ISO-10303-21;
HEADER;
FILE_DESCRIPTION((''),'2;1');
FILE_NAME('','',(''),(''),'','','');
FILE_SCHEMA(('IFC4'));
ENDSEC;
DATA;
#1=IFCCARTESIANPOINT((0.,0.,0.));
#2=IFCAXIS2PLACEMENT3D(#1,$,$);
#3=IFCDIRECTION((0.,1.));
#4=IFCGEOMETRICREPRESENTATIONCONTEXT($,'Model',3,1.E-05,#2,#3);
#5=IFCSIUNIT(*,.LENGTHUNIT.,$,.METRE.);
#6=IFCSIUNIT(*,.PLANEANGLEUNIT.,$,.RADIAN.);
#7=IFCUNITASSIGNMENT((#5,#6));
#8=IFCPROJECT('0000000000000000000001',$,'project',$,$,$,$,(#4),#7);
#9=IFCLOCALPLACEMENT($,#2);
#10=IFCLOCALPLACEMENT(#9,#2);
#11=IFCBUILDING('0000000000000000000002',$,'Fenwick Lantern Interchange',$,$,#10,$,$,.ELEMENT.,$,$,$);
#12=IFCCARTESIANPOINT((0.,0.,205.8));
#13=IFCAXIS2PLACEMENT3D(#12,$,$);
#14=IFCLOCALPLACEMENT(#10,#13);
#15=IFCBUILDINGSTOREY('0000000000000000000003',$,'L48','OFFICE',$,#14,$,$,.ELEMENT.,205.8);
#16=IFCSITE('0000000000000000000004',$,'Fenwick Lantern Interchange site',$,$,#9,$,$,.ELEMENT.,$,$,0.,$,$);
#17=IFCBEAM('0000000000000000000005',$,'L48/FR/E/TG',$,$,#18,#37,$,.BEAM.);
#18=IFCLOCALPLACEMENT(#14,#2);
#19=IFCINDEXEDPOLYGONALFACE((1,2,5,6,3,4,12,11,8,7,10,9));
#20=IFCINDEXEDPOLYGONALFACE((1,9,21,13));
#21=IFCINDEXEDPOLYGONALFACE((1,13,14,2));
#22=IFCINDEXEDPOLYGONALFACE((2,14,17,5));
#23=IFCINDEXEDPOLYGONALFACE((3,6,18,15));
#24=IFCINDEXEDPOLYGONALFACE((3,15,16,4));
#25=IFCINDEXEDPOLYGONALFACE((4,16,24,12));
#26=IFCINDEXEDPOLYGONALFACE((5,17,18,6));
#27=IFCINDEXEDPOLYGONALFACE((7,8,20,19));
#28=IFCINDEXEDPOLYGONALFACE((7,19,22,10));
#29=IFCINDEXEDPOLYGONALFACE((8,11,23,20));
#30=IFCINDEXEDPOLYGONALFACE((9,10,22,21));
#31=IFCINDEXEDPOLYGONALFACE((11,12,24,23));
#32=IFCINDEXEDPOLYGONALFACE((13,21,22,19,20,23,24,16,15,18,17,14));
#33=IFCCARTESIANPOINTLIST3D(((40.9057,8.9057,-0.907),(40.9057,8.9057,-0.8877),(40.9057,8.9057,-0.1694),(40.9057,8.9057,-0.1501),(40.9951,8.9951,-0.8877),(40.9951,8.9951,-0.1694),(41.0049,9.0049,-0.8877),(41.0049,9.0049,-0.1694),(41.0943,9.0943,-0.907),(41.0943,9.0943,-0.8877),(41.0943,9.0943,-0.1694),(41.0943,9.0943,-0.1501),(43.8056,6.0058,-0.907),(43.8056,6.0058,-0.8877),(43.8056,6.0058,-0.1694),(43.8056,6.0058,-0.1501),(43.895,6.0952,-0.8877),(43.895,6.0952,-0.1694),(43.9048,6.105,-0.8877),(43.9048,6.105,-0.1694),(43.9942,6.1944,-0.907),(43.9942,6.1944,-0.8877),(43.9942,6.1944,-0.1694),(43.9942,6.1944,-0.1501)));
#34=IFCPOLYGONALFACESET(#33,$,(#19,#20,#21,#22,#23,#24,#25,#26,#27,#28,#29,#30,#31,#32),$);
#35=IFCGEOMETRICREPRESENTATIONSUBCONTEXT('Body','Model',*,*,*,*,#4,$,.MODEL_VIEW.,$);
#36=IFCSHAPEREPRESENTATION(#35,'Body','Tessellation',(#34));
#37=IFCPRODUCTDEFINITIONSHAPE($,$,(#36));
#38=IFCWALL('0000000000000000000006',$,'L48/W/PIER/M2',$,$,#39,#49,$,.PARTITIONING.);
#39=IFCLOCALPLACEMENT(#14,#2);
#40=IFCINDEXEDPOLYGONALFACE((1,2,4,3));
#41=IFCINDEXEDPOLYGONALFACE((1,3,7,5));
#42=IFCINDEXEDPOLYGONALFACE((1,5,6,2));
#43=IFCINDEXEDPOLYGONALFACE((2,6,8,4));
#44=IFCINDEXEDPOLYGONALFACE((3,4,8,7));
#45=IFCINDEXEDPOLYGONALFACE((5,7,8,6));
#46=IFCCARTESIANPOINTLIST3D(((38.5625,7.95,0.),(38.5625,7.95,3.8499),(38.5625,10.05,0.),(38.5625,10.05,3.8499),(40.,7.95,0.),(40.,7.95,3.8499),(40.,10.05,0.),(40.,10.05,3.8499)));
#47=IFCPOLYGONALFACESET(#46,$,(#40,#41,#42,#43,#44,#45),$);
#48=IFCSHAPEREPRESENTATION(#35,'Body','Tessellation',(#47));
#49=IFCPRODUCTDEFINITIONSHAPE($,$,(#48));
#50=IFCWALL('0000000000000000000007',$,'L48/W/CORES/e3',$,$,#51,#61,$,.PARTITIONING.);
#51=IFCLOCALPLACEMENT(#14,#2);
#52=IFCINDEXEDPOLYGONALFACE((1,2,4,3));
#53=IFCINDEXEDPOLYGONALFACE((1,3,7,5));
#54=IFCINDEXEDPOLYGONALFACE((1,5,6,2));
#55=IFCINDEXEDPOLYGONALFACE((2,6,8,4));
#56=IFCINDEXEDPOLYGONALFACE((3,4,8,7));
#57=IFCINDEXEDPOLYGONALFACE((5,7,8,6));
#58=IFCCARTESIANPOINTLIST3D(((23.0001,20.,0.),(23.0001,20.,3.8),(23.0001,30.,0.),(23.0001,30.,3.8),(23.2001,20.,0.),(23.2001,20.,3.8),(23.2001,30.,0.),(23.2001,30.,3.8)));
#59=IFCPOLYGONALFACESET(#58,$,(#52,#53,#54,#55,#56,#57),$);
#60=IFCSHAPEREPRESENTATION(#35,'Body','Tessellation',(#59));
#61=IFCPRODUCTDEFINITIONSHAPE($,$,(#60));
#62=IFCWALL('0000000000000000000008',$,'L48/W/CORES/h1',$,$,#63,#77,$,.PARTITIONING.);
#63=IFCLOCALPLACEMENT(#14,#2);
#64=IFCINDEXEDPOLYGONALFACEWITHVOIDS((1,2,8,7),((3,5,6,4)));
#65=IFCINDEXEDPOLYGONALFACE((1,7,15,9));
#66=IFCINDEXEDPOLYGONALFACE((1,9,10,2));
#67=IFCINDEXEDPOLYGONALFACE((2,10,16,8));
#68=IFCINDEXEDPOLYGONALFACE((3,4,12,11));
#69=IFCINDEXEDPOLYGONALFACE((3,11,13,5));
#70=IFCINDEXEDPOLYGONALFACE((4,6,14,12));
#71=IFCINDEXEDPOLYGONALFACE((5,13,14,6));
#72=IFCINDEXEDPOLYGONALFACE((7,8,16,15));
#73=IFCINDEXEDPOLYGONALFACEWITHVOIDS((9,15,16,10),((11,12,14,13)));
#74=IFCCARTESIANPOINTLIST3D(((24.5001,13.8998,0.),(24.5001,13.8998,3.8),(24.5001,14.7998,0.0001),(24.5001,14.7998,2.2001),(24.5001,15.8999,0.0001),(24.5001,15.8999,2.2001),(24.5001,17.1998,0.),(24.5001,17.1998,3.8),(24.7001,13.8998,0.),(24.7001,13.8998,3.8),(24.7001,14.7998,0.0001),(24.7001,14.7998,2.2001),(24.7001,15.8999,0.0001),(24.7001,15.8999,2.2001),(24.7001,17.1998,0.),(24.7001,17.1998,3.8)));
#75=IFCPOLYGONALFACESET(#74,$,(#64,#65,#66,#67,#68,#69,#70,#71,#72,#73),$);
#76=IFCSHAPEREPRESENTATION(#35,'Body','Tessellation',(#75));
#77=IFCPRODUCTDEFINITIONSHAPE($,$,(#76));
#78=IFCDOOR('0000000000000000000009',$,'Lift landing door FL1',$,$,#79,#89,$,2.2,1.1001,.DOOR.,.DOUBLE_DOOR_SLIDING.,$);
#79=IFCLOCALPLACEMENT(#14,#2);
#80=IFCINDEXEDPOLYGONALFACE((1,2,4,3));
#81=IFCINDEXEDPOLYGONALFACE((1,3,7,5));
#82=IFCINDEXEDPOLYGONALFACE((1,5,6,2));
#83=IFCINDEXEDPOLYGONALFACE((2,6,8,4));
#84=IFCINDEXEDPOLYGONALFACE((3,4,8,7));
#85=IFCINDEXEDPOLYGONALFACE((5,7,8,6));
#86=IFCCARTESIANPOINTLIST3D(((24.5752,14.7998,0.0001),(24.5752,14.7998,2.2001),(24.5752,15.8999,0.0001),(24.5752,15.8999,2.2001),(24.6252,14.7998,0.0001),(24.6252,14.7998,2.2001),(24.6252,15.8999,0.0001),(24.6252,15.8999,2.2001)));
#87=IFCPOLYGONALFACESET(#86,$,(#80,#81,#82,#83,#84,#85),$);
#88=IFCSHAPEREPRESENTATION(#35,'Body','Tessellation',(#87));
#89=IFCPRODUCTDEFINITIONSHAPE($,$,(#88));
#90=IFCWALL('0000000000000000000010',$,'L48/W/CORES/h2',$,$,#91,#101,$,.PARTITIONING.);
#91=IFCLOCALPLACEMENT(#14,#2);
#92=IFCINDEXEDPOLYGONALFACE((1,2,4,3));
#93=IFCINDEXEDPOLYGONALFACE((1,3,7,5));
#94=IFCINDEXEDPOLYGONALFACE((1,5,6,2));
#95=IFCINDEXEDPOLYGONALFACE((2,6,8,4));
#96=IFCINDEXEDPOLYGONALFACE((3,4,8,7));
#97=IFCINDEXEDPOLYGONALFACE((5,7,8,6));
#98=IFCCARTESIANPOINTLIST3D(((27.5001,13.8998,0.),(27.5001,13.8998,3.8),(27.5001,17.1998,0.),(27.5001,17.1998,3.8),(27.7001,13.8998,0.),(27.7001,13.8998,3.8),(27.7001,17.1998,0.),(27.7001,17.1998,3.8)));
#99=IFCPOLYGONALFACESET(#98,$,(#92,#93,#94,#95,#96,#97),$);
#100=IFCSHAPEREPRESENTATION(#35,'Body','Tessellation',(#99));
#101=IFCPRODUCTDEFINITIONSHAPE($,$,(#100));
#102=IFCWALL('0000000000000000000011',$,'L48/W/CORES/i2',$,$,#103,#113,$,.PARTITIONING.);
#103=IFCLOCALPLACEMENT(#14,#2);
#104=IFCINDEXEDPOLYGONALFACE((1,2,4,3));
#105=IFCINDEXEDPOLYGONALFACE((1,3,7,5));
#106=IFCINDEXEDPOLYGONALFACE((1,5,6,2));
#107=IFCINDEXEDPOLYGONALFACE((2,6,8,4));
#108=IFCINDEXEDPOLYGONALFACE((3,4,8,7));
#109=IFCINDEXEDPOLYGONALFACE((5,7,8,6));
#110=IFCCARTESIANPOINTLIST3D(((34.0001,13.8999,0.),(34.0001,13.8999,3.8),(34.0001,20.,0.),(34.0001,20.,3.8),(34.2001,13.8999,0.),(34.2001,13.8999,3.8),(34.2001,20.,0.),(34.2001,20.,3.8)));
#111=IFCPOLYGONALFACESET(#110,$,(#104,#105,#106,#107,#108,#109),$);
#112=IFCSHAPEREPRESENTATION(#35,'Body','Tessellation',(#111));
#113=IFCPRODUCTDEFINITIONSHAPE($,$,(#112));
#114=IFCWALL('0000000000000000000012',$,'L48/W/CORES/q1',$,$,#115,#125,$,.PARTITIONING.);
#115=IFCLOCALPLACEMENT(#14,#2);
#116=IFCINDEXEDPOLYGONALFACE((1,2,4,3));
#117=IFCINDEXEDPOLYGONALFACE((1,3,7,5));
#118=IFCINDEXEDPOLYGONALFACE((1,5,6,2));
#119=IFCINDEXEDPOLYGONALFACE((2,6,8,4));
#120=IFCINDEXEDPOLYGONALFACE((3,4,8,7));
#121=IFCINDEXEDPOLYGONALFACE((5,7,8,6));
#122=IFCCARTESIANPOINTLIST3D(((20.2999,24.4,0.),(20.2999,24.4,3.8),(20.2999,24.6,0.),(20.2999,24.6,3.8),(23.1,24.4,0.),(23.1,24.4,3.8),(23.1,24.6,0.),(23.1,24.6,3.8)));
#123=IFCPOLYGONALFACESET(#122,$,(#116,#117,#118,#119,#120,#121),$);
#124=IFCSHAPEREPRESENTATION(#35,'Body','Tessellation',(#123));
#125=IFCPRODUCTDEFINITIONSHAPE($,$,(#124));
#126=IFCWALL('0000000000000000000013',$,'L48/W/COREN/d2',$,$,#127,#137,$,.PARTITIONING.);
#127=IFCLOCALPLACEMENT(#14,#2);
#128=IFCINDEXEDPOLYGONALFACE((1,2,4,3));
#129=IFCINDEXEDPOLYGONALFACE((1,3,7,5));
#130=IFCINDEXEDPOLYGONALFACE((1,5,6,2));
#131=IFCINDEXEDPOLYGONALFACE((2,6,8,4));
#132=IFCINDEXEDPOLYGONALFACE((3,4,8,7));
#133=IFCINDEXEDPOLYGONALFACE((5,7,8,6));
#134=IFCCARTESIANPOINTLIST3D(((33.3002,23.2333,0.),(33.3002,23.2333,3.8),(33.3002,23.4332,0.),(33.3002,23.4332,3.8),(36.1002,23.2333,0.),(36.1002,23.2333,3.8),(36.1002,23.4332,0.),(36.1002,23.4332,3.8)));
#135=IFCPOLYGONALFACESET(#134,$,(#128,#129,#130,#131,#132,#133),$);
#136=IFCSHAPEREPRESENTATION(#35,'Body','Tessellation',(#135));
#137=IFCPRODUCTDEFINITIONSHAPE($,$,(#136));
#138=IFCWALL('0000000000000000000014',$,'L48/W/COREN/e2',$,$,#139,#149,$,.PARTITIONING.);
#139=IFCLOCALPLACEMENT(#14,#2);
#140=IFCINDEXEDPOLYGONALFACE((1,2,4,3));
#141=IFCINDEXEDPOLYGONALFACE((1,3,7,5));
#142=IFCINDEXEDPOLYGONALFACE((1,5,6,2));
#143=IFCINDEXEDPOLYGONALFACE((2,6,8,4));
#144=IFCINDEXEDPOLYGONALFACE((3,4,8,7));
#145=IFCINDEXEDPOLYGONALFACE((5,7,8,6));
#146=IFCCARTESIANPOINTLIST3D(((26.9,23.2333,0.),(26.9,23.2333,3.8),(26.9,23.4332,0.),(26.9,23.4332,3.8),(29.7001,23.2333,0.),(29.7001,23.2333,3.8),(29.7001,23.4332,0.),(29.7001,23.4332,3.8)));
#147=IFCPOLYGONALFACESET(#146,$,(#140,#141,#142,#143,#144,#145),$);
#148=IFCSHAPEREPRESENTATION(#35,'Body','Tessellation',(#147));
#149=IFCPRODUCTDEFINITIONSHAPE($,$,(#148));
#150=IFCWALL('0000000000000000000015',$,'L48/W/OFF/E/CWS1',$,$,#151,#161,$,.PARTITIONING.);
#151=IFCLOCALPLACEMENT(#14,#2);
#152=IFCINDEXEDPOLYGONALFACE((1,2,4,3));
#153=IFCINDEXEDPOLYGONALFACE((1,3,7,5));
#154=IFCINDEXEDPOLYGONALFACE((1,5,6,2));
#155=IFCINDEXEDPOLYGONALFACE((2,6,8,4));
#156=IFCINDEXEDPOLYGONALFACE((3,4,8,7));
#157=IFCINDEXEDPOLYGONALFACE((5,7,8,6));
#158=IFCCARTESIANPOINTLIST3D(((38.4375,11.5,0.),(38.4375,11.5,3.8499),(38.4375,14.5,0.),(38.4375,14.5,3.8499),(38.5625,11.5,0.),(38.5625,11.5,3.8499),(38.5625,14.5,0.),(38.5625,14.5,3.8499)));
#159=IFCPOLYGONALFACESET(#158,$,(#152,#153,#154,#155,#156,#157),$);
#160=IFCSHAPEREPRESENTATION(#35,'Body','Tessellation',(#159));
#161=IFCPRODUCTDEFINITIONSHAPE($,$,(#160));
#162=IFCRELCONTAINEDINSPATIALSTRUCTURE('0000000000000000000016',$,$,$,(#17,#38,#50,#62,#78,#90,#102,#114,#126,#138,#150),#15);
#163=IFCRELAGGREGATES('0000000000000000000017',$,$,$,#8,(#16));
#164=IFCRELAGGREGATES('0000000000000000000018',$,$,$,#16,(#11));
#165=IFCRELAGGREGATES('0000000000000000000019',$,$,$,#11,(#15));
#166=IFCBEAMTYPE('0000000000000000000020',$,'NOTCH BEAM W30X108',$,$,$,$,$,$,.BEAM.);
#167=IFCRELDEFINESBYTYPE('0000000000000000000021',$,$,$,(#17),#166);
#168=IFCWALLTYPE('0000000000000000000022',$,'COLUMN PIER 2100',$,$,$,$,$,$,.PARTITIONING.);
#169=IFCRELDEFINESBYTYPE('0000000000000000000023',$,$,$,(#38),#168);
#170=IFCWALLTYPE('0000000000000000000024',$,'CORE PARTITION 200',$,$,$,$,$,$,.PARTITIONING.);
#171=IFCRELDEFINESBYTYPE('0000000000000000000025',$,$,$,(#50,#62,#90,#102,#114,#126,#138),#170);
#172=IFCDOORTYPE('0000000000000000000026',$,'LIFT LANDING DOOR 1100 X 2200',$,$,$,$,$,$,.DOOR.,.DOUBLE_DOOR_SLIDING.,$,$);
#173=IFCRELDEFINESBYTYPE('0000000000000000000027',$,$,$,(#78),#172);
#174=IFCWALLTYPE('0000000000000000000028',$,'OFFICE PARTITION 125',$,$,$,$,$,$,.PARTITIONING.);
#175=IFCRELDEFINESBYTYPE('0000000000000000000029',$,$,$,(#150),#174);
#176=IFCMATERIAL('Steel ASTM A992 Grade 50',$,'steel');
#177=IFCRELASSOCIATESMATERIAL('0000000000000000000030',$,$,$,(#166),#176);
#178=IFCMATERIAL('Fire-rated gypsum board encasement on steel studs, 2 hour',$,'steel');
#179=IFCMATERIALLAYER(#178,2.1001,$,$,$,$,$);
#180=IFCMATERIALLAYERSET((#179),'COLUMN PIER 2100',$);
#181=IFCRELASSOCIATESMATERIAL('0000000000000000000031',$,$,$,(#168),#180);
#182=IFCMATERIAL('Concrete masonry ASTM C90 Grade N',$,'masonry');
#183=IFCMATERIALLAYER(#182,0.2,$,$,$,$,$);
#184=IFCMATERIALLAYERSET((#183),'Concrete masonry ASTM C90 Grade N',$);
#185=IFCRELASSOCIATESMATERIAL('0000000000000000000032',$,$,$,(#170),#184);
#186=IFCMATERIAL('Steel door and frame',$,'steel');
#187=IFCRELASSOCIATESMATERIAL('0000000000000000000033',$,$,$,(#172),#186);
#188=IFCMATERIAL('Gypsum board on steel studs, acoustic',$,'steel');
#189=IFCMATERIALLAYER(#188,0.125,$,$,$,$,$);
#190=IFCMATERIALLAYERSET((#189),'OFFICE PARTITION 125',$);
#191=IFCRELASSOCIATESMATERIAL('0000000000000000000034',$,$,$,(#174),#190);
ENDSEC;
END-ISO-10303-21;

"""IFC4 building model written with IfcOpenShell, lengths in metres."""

from ifc_helpers import new_model, si_unit, direction, frame, frame_2d, origin, origin_2d, place, context, subcontext, project, spatial, rectangle, i_section, extrude, material, layer, layer_set, material_profile, profile_set, type_object, element, fill, save


model = new_model("IFC4")

# Units and contexts
model_context = context("Model", 3, precision=1e-05, world=origin(), true_north=direction((0.0, 1.0)))
body_context = subcontext(model_context, "Body", "Model", "MODEL_VIEW")
ifc_project = project(units=[si_unit("LENGTHUNIT", "METRE"), si_unit("PLANEANGLEUNIT", "RADIAN")], contexts=[model_context])

# Site, building, storey
site_placement = place(None, origin())
site = spatial("IfcSite", under=ifc_project, at=site_placement, Name="Fenwick Lantern Interchange site", CompositionType="ELEMENT", RefElevation=0.0)
building_placement = place(site_placement, origin())
building = spatial("IfcBuilding", under=site, at=building_placement, Name="Fenwick Lantern Interchange", CompositionType="ELEMENT")
storey_placement = place(building_placement, frame((0.0, 0.0, 205.8)))
storey = spatial("IfcBuildingStorey", under=building, at=storey_placement, Name="L48", Description="OFFICE", CompositionType="ELEMENT", Elevation=205.8)

# Beam
ifc_material_1 = material(Name="Steel ASTM A992 Grade 50", Category="steel")
ifc_material_profile_1 = material_profile(ifc_material_1, i_section(OverallWidth=0.2666, OverallDepth=0.7568, WebThickness=0.0139, FlangeThickness=0.0193, at=origin_2d()), Name="W30X108")
ifc_profile_set_1 = profile_set([ifc_material_profile_1], Name="Steel ASTM A992 Grade 50")
beam_type_1 = type_object("IfcBeamType", Name="NOTCH BEAM W30X108", PredefinedType="BEAM", material=ifc_profile_set_1)
beam_1_placement = place(storey_placement, frame((41.0, 9.0, -0.5286), z_axis=(0.707107, -0.707107, 0.0), x_axis=(0.707107, 0.707107, 0.0)))
element("IfcBeam", 1, at=beam_1_placement, inside=storey, type_object=beam_type_1, Name="L48/FR/E/TG", PredefinedType="BEAM", context=body_context, shape_type="SweptSolid", body=[
    extrude(i_section(OverallWidth=0.2666, OverallDepth=0.7568, WebThickness=0.0139, FlangeThickness=0.0193, at=origin_2d()), origin(), (0.0, 0.0, 1.0), 4.1011),
])

# Walls
ifc_material_2 = material(Name="Fire-rated gypsum board encasement on steel studs, 2 hour", Category="steel")
ifc_layer_1 = layer(ifc_material_2, 2.1001)
ifc_layer_set_1 = layer_set([ifc_layer_1], Name="COLUMN PIER 2100")
wall_type_1 = type_object("IfcWallType", Name="COLUMN PIER 2100", PredefinedType="PARTITIONING", material=ifc_layer_set_1)
wall_1_placement = place(storey_placement, frame((38.5625, 9.0, 0.0), z_axis=(0.0, 0.0, 1.0), x_axis=(1.0, 0.0, 0.0)))
element("IfcWall", 2, at=wall_1_placement, inside=storey, type_object=wall_type_1, Name="L48/W/PIER/M2", PredefinedType="PARTITIONING", context=body_context, shape_type="SweptSolid", body=[
    extrude(rectangle(XDim=1.4375, YDim=2.1001, at=frame_2d((0.7188, 0.0))), origin(), (0.0, 0.0, 1.0), 3.8499),
])
ifc_material_3 = material(Name="Concrete masonry ASTM C90 Grade N", Category="masonry")
ifc_layer_2 = layer(ifc_material_3, 0.2)
ifc_layer_set_2 = layer_set([ifc_layer_2], Name="Concrete masonry ASTM C90 Grade N")
wall_type_2 = type_object("IfcWallType", Name="CORE PARTITION 200", PredefinedType="PARTITIONING", material=ifc_layer_set_2)
wall_2_placement = place(storey_placement, frame((23.1001, 20.0, 0.0), z_axis=(0.0, 0.0, 1.0), x_axis=(0.0, 1.0, 0.0)))
element("IfcWall", 3, at=wall_2_placement, inside=storey, type_object=wall_type_2, Name="L48/W/CORES/e3", PredefinedType="PARTITIONING", context=body_context, shape_type="SweptSolid", body=[
    extrude(rectangle(XDim=10.0, YDim=0.2, at=frame_2d((5.0, 0.0))), origin(), (0.0, 0.0, 1.0), 3.8),
])

# Wall, opening, door
wall_3_placement = place(storey_placement, frame((24.6001, 13.8999, 0.0), z_axis=(0.0, 0.0, 1.0), x_axis=(0.0, 1.0, 0.0)))
wall_3 = element("IfcWall", 4, at=wall_3_placement, inside=storey, type_object=wall_type_2, Name="L48/W/CORES/h1", PredefinedType="PARTITIONING", context=body_context, shape_type="SweptSolid", body=[
    extrude(rectangle(XDim=3.3, YDim=0.2, at=frame_2d((1.6499, 0.0))), origin(), (0.0, 0.0, 1.0), 3.8),
])
opening_1_placement = place(wall_3_placement, frame((0.8999, 0.0, 0.0)))
opening_1 = element("IfcOpeningElement", 5, at=opening_1_placement, cuts=wall_3, PredefinedType="OPENING", context=body_context, shape_type="SweptSolid", body=[
    extrude(rectangle(XDim=1.1001, YDim=2.2, at=frame_2d((0.55, 1.1001))), frame((0.0, 0.1099, 0.0), z_axis=(0.0, -1.0, 0.0), x_axis=(1.0, 0.0, 0.0)), (0.0, 0.0, 1.0), 0.22),
])
ifc_material_4 = material(Name="Steel door and frame", Category="steel")
door_type_1 = type_object("IfcDoorType", Name="LIFT LANDING DOOR 1100 X 2200", OperationType="DOUBLE_DOOR_SLIDING", PredefinedType="DOOR", material=ifc_material_4)
door_1_placement = place(opening_1_placement, origin())
door_1 = element("IfcDoor", 6, at=door_1_placement, inside=storey, type_object=door_type_1, Name="Lift landing door FL1", OperationType="DOUBLE_DOOR_SLIDING", OverallHeight=2.2, OverallWidth=1.1001, PredefinedType="DOOR", context=body_context, shape_type="SweptSolid", body=[
    extrude(rectangle(XDim=1.1001, YDim=2.2, at=frame_2d((0.55, 1.1001))), frame((0.0, 0.0249, 0.0), z_axis=(0.0, -1.0, 0.0), x_axis=(1.0, 0.0, 0.0)), (0.0, 0.0, 1.0), 0.05),
])
fill(opening_1, door_1)

# Walls
wall_4_placement = place(storey_placement, frame((27.6001, 13.8999, 0.0), z_axis=(0.0, 0.0, 1.0), x_axis=(0.0, 1.0, 0.0)))
element("IfcWall", 7, at=wall_4_placement, inside=storey, type_object=wall_type_2, Name="L48/W/CORES/h2", PredefinedType="PARTITIONING", context=body_context, shape_type="SweptSolid", body=[
    extrude(rectangle(XDim=3.3, YDim=0.2, at=frame_2d((1.6499, 0.0))), origin(), (0.0, 0.0, 1.0), 3.8),
])
wall_5_placement = place(storey_placement, frame((34.1001, 13.8999, 0.0), z_axis=(0.0, 0.0, 1.0), x_axis=(0.0, 1.0, 0.0)))
element("IfcWall", 8, at=wall_5_placement, inside=storey, type_object=wall_type_2, Name="L48/W/CORES/i2", PredefinedType="PARTITIONING", context=body_context, shape_type="SweptSolid", body=[
    extrude(rectangle(XDim=6.1001, YDim=0.2, at=frame_2d((3.05, 0.0))), origin(), (0.0, 0.0, 1.0), 3.8),
])
for number, where, z_axis, x_axis, name in (
    (9, (20.3, 24.5, 0.0), (0.0, 0.0, 1.0), (1.0, 0.0, 0.0), "L48/W/CORES/q1"),
    (10, (36.1001, 23.3333, 0.0), (0.0, 0.0, 1.0), (-1.0, 0.0, 0.0), "L48/W/COREN/d2"),
    (11, (29.7, 23.3333, 0.0), (0.0, 0.0, 1.0), (-1.0, 0.0, 0.0), "L48/W/COREN/e2"),
):
    element("IfcWall", number, at=place(storey_placement, frame(where, z_axis=z_axis, x_axis=x_axis)), inside=storey, type_object=wall_type_2, Name=name, PredefinedType="PARTITIONING", context=body_context, shape_type="SweptSolid", body=[
        extrude(rectangle(XDim=2.8, YDim=0.2, at=frame_2d((1.3999, 0.0))), origin(), (0.0, 0.0, 1.0), 3.8),
    ])

# Wall
ifc_material_5 = material(Name="Gypsum board on steel studs, acoustic", Category="steel")
ifc_layer_3 = layer(ifc_material_5, 0.125)
ifc_layer_set_3 = layer_set([ifc_layer_3], Name="OFFICE PARTITION 125")
wall_type_3 = type_object("IfcWallType", Name="OFFICE PARTITION 125", PredefinedType="PARTITIONING", material=ifc_layer_set_3)
wall_6_placement = place(storey_placement, frame((38.5, 11.5, 0.0), z_axis=(0.0, 0.0, 1.0), x_axis=(0.0, 1.0, 0.0)))
element("IfcWall", 12, at=wall_6_placement, inside=storey, type_object=wall_type_3, Name="L48/W/OFF/E/CWS1", PredefinedType="PARTITIONING", context=body_context, shape_type="SweptSolid", body=[
    extrude(rectangle(XDim=3.0, YDim=0.125, at=frame_2d((1.5, 0.0))), origin(), (0.0, 0.0, 1.0), 3.8499),
])

save(model, "model.ifc")
